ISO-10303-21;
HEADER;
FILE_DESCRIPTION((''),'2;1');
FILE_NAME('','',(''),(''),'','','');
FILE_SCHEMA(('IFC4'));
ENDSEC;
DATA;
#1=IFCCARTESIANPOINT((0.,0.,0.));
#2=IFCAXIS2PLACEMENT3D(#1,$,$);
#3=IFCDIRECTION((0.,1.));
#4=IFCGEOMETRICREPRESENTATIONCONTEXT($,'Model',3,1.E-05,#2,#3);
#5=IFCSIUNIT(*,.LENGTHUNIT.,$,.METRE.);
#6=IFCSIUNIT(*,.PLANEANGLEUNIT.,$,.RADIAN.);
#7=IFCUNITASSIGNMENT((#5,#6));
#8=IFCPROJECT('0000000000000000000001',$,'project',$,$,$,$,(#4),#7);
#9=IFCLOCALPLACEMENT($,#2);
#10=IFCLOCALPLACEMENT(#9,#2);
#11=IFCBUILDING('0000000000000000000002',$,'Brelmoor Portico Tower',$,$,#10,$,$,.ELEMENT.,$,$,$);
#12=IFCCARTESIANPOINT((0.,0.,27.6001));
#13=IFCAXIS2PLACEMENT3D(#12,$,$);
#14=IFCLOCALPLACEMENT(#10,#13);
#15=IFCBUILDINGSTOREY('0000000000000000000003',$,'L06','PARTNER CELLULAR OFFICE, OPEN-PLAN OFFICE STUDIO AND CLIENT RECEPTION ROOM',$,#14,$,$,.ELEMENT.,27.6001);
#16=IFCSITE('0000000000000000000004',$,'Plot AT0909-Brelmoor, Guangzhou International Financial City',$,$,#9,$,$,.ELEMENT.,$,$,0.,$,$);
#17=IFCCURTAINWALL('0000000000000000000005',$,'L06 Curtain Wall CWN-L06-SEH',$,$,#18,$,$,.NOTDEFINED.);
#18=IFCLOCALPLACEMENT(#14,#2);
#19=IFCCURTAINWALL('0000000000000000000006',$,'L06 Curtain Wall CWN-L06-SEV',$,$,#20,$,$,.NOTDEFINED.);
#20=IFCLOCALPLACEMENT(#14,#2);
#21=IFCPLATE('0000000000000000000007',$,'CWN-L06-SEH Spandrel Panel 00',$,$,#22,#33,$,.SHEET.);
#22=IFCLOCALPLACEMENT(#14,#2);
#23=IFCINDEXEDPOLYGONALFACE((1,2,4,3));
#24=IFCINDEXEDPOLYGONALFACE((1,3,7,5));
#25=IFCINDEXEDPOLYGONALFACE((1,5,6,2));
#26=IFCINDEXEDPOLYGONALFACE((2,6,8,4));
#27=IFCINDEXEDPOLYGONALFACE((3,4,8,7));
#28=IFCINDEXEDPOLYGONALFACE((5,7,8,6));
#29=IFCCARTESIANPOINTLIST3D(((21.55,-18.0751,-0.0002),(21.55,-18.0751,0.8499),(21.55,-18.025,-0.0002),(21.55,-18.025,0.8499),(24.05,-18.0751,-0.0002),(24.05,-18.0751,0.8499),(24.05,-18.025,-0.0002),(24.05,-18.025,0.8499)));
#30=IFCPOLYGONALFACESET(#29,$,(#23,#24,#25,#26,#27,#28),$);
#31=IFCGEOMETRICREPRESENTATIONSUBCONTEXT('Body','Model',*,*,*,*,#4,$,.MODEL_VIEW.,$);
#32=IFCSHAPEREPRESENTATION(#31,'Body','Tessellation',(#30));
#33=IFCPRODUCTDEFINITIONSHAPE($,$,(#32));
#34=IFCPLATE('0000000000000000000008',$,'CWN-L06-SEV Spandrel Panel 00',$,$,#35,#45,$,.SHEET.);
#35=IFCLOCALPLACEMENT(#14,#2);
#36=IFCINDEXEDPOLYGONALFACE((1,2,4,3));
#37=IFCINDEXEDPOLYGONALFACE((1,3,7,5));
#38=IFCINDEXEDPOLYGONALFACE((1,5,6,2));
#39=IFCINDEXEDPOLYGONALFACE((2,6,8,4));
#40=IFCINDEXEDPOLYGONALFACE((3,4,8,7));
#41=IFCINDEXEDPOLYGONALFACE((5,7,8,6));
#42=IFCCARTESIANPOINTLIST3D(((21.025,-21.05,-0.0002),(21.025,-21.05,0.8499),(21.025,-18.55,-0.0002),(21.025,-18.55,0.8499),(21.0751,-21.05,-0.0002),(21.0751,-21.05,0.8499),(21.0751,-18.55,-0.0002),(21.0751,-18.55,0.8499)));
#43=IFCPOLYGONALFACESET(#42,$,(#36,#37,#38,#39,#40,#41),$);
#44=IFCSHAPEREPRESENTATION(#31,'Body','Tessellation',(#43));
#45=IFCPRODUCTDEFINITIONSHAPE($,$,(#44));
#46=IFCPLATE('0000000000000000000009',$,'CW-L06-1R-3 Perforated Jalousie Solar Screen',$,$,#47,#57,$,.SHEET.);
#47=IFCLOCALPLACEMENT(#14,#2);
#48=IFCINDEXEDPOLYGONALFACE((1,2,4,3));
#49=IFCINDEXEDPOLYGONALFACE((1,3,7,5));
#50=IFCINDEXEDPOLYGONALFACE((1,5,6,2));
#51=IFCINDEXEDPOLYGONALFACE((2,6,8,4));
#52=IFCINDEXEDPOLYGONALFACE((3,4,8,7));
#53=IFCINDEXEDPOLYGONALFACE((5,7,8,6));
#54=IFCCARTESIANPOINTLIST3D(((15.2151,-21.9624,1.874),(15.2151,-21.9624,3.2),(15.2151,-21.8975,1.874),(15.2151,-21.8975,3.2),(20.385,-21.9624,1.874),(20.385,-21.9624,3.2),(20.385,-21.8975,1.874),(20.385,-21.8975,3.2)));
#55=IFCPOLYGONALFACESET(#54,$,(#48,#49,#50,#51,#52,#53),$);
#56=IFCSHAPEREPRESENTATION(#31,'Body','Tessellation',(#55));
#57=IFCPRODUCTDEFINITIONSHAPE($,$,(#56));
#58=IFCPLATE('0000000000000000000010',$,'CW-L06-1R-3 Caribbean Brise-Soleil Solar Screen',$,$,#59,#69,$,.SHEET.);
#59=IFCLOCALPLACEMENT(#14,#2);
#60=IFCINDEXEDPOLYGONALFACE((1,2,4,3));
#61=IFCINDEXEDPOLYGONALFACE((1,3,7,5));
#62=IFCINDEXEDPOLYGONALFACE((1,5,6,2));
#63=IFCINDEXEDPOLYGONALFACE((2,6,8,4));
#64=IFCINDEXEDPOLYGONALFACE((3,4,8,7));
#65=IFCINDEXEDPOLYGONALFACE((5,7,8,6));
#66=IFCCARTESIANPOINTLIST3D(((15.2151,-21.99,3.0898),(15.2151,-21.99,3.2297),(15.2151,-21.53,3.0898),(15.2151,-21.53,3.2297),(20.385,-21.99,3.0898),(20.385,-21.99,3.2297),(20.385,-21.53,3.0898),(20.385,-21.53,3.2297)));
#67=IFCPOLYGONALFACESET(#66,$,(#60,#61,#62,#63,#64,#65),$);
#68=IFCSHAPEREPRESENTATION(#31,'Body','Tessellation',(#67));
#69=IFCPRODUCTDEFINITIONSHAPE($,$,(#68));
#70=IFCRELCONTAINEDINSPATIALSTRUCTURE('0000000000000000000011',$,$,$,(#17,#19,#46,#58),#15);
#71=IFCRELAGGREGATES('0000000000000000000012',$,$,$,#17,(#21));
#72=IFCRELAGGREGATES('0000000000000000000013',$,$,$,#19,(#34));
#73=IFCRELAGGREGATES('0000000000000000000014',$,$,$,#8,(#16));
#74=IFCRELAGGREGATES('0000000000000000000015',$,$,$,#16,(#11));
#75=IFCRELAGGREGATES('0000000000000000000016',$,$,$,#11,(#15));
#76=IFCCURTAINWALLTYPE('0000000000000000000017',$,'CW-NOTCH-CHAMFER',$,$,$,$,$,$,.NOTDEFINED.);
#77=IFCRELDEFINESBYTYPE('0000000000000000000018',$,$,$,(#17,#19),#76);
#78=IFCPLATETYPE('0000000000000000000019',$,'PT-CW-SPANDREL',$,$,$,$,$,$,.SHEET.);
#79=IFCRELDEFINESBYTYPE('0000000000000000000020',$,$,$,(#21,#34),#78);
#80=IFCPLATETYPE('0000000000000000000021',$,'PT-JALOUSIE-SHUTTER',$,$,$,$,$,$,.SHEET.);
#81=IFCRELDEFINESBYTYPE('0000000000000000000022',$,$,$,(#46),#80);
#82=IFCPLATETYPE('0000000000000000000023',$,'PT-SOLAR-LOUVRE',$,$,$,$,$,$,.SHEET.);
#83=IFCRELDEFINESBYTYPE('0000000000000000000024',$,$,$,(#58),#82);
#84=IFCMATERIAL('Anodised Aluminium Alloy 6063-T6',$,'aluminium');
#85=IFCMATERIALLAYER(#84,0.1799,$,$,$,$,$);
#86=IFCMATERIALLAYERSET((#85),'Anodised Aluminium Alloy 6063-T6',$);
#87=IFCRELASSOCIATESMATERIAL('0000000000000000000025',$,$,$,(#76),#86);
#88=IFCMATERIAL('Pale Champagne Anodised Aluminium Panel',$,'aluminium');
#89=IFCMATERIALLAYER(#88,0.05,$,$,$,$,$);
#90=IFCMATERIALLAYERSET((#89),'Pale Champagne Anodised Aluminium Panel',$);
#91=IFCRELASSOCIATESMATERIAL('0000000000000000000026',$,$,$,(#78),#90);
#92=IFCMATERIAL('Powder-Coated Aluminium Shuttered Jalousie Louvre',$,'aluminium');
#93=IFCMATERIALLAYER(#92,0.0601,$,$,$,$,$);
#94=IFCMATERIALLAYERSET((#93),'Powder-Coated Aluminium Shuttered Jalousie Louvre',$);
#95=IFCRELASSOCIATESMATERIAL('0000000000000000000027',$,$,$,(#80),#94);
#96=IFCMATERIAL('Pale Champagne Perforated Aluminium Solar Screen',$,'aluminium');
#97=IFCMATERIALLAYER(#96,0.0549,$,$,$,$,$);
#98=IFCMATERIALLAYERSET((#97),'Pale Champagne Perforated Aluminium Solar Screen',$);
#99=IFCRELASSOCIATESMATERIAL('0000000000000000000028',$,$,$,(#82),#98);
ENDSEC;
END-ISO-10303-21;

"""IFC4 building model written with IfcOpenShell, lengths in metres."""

from ifc_helpers import new_model, si_unit, direction, frame, origin, origin_2d, place, context, subcontext, project, spatial, rectangle, extrude, material, layer, layer_set, type_object, element, aggregate, save


model = new_model("IFC4")

# Units and contexts
model_context = context("Model", 3, precision=1e-05, world=origin(), true_north=direction((0.0, 1.0)))
body_context = subcontext(model_context, "Body", "Model", "MODEL_VIEW")
ifc_project = project(units=[si_unit("LENGTHUNIT", "METRE"), si_unit("PLANEANGLEUNIT", "RADIAN")], contexts=[model_context])

# Site, building, storey
site_placement = place(None, origin())
site = spatial("IfcSite", under=ifc_project, at=site_placement, Name="Plot AT0909-Brelmoor, Guangzhou International Financial City", CompositionType="ELEMENT", RefElevation=0.0)
building_placement = place(site_placement, origin())
building = spatial("IfcBuilding", under=site, at=building_placement, Name="Brelmoor Portico Tower", CompositionType="ELEMENT")
storey_placement = place(building_placement, frame((0.0, 0.0, 27.6001)))
storey = spatial("IfcBuildingStorey", under=building, at=storey_placement, Name="L06", Description="PARTNER CELLULAR OFFICE, OPEN-PLAN OFFICE STUDIO AND CLIENT RECEPTION ROOM", CompositionType="ELEMENT", Elevation=27.6001)

# Curtain walls
ifc_material_1 = material(Name="Anodised Aluminium Alloy 6063-T6", Category="aluminium")
ifc_layer_1 = layer(ifc_material_1, 0.1799)
ifc_layer_set_1 = layer_set([ifc_layer_1], Name="Anodised Aluminium Alloy 6063-T6")
curtain_wall_type_1 = type_object("IfcCurtainWallType", Name="CW-NOTCH-CHAMFER", PredefinedType="NOTDEFINED", material=ifc_layer_set_1)
curtain_wall_1_placement = place(storey_placement, origin())
curtain_wall_1 = element("IfcCurtainWall", 1, at=curtain_wall_1_placement, inside=storey, type_object=curtain_wall_type_1, Name="L06 Curtain Wall CWN-L06-SEH", PredefinedType="NOTDEFINED")
curtain_wall_2_placement = place(storey_placement, origin())
curtain_wall_2 = element("IfcCurtainWall", 2, at=curtain_wall_2_placement, inside=storey, type_object=curtain_wall_type_1, Name="L06 Curtain Wall CWN-L06-SEV", PredefinedType="NOTDEFINED")

# Plates
ifc_material_2 = material(Name="Pale Champagne Anodised Aluminium Panel", Category="aluminium")
ifc_layer_2 = layer(ifc_material_2, 0.05)
ifc_layer_set_2 = layer_set([ifc_layer_2], Name="Pale Champagne Anodised Aluminium Panel")
plate_type_1 = type_object("IfcPlateType", Name="PT-CW-SPANDREL", PredefinedType="SHEET", material=ifc_layer_set_2)
plate_1_placement = place(storey_placement, frame((22.8, -18.05, -0.0002), z_axis=(0.0, 0.0, 1.0), x_axis=(1.0, 0.0, 0.0)))
plate_1 = element("IfcPlate", 3, at=plate_1_placement, type_object=plate_type_1, Name="CWN-L06-SEH Spandrel Panel 00", PredefinedType="SHEET", context=body_context, shape_type="SweptSolid", body=[
    extrude(rectangle(XDim=2.5, YDim=0.05, at=origin_2d()), origin(), (0.0, 0.0, 1.0), 0.8501),
])
aggregate(curtain_wall_1, [plate_1])
plate_2_placement = place(storey_placement, frame((21.05, -19.8, -0.0002), z_axis=(0.0, 0.0, 1.0), x_axis=(0.0, 1.0, 0.0)))
plate_2 = element("IfcPlate", 4, at=plate_2_placement, type_object=plate_type_1, Name="CWN-L06-SEV Spandrel Panel 00", PredefinedType="SHEET", context=body_context, shape_type="SweptSolid", body=[
    extrude(rectangle(XDim=2.5, YDim=0.05, at=origin_2d()), origin(), (0.0, 0.0, 1.0), 0.8501),
])
aggregate(curtain_wall_2, [plate_2])

# Plates
ifc_material_3 = material(Name="Powder-Coated Aluminium Shuttered Jalousie Louvre", Category="aluminium")
ifc_layer_3 = layer(ifc_material_3, 0.0601)
ifc_layer_set_3 = layer_set([ifc_layer_3], Name="Powder-Coated Aluminium Shuttered Jalousie Louvre")
plate_type_2 = type_object("IfcPlateType", Name="PT-JALOUSIE-SHUTTER", PredefinedType="SHEET", material=ifc_layer_set_3)
plate_3_placement = place(storey_placement, frame((17.8, -21.9299, 1.874), z_axis=(0.0, 0.0, 1.0), x_axis=(1.0, 0.0, 0.0)))
element("IfcPlate", 5, at=plate_3_placement, inside=storey, type_object=plate_type_2, Name="CW-L06-1R-3 Perforated Jalousie Solar Screen", PredefinedType="SHEET", context=body_context, shape_type="SweptSolid", body=[
    extrude(rectangle(XDim=5.1699, YDim=0.0649, at=origin_2d()), origin(), (0.0, 0.0, 1.0), 1.3259),
])
ifc_material_4 = material(Name="Pale Champagne Perforated Aluminium Solar Screen", Category="aluminium")
ifc_layer_4 = layer(ifc_material_4, 0.0549)
ifc_layer_set_4 = layer_set([ifc_layer_4], Name="Pale Champagne Perforated Aluminium Solar Screen")
plate_type_3 = type_object("IfcPlateType", Name="PT-SOLAR-LOUVRE", PredefinedType="SHEET", material=ifc_layer_set_4)
plate_4_placement = place(storey_placement, frame((17.8, -21.76, 3.0898), z_axis=(0.0, 0.0, 1.0), x_axis=(1.0, 0.0, 0.0)))
element("IfcPlate", 6, at=plate_4_placement, inside=storey, type_object=plate_type_3, Name="CW-L06-1R-3 Caribbean Brise-Soleil Solar Screen", PredefinedType="SHEET", context=body_context, shape_type="SweptSolid", body=[
    extrude(rectangle(XDim=5.1699, YDim=0.46, at=origin_2d()), origin(), (0.0, 0.0, 1.0), 0.1399),
])

save(model, "model.ifc")
